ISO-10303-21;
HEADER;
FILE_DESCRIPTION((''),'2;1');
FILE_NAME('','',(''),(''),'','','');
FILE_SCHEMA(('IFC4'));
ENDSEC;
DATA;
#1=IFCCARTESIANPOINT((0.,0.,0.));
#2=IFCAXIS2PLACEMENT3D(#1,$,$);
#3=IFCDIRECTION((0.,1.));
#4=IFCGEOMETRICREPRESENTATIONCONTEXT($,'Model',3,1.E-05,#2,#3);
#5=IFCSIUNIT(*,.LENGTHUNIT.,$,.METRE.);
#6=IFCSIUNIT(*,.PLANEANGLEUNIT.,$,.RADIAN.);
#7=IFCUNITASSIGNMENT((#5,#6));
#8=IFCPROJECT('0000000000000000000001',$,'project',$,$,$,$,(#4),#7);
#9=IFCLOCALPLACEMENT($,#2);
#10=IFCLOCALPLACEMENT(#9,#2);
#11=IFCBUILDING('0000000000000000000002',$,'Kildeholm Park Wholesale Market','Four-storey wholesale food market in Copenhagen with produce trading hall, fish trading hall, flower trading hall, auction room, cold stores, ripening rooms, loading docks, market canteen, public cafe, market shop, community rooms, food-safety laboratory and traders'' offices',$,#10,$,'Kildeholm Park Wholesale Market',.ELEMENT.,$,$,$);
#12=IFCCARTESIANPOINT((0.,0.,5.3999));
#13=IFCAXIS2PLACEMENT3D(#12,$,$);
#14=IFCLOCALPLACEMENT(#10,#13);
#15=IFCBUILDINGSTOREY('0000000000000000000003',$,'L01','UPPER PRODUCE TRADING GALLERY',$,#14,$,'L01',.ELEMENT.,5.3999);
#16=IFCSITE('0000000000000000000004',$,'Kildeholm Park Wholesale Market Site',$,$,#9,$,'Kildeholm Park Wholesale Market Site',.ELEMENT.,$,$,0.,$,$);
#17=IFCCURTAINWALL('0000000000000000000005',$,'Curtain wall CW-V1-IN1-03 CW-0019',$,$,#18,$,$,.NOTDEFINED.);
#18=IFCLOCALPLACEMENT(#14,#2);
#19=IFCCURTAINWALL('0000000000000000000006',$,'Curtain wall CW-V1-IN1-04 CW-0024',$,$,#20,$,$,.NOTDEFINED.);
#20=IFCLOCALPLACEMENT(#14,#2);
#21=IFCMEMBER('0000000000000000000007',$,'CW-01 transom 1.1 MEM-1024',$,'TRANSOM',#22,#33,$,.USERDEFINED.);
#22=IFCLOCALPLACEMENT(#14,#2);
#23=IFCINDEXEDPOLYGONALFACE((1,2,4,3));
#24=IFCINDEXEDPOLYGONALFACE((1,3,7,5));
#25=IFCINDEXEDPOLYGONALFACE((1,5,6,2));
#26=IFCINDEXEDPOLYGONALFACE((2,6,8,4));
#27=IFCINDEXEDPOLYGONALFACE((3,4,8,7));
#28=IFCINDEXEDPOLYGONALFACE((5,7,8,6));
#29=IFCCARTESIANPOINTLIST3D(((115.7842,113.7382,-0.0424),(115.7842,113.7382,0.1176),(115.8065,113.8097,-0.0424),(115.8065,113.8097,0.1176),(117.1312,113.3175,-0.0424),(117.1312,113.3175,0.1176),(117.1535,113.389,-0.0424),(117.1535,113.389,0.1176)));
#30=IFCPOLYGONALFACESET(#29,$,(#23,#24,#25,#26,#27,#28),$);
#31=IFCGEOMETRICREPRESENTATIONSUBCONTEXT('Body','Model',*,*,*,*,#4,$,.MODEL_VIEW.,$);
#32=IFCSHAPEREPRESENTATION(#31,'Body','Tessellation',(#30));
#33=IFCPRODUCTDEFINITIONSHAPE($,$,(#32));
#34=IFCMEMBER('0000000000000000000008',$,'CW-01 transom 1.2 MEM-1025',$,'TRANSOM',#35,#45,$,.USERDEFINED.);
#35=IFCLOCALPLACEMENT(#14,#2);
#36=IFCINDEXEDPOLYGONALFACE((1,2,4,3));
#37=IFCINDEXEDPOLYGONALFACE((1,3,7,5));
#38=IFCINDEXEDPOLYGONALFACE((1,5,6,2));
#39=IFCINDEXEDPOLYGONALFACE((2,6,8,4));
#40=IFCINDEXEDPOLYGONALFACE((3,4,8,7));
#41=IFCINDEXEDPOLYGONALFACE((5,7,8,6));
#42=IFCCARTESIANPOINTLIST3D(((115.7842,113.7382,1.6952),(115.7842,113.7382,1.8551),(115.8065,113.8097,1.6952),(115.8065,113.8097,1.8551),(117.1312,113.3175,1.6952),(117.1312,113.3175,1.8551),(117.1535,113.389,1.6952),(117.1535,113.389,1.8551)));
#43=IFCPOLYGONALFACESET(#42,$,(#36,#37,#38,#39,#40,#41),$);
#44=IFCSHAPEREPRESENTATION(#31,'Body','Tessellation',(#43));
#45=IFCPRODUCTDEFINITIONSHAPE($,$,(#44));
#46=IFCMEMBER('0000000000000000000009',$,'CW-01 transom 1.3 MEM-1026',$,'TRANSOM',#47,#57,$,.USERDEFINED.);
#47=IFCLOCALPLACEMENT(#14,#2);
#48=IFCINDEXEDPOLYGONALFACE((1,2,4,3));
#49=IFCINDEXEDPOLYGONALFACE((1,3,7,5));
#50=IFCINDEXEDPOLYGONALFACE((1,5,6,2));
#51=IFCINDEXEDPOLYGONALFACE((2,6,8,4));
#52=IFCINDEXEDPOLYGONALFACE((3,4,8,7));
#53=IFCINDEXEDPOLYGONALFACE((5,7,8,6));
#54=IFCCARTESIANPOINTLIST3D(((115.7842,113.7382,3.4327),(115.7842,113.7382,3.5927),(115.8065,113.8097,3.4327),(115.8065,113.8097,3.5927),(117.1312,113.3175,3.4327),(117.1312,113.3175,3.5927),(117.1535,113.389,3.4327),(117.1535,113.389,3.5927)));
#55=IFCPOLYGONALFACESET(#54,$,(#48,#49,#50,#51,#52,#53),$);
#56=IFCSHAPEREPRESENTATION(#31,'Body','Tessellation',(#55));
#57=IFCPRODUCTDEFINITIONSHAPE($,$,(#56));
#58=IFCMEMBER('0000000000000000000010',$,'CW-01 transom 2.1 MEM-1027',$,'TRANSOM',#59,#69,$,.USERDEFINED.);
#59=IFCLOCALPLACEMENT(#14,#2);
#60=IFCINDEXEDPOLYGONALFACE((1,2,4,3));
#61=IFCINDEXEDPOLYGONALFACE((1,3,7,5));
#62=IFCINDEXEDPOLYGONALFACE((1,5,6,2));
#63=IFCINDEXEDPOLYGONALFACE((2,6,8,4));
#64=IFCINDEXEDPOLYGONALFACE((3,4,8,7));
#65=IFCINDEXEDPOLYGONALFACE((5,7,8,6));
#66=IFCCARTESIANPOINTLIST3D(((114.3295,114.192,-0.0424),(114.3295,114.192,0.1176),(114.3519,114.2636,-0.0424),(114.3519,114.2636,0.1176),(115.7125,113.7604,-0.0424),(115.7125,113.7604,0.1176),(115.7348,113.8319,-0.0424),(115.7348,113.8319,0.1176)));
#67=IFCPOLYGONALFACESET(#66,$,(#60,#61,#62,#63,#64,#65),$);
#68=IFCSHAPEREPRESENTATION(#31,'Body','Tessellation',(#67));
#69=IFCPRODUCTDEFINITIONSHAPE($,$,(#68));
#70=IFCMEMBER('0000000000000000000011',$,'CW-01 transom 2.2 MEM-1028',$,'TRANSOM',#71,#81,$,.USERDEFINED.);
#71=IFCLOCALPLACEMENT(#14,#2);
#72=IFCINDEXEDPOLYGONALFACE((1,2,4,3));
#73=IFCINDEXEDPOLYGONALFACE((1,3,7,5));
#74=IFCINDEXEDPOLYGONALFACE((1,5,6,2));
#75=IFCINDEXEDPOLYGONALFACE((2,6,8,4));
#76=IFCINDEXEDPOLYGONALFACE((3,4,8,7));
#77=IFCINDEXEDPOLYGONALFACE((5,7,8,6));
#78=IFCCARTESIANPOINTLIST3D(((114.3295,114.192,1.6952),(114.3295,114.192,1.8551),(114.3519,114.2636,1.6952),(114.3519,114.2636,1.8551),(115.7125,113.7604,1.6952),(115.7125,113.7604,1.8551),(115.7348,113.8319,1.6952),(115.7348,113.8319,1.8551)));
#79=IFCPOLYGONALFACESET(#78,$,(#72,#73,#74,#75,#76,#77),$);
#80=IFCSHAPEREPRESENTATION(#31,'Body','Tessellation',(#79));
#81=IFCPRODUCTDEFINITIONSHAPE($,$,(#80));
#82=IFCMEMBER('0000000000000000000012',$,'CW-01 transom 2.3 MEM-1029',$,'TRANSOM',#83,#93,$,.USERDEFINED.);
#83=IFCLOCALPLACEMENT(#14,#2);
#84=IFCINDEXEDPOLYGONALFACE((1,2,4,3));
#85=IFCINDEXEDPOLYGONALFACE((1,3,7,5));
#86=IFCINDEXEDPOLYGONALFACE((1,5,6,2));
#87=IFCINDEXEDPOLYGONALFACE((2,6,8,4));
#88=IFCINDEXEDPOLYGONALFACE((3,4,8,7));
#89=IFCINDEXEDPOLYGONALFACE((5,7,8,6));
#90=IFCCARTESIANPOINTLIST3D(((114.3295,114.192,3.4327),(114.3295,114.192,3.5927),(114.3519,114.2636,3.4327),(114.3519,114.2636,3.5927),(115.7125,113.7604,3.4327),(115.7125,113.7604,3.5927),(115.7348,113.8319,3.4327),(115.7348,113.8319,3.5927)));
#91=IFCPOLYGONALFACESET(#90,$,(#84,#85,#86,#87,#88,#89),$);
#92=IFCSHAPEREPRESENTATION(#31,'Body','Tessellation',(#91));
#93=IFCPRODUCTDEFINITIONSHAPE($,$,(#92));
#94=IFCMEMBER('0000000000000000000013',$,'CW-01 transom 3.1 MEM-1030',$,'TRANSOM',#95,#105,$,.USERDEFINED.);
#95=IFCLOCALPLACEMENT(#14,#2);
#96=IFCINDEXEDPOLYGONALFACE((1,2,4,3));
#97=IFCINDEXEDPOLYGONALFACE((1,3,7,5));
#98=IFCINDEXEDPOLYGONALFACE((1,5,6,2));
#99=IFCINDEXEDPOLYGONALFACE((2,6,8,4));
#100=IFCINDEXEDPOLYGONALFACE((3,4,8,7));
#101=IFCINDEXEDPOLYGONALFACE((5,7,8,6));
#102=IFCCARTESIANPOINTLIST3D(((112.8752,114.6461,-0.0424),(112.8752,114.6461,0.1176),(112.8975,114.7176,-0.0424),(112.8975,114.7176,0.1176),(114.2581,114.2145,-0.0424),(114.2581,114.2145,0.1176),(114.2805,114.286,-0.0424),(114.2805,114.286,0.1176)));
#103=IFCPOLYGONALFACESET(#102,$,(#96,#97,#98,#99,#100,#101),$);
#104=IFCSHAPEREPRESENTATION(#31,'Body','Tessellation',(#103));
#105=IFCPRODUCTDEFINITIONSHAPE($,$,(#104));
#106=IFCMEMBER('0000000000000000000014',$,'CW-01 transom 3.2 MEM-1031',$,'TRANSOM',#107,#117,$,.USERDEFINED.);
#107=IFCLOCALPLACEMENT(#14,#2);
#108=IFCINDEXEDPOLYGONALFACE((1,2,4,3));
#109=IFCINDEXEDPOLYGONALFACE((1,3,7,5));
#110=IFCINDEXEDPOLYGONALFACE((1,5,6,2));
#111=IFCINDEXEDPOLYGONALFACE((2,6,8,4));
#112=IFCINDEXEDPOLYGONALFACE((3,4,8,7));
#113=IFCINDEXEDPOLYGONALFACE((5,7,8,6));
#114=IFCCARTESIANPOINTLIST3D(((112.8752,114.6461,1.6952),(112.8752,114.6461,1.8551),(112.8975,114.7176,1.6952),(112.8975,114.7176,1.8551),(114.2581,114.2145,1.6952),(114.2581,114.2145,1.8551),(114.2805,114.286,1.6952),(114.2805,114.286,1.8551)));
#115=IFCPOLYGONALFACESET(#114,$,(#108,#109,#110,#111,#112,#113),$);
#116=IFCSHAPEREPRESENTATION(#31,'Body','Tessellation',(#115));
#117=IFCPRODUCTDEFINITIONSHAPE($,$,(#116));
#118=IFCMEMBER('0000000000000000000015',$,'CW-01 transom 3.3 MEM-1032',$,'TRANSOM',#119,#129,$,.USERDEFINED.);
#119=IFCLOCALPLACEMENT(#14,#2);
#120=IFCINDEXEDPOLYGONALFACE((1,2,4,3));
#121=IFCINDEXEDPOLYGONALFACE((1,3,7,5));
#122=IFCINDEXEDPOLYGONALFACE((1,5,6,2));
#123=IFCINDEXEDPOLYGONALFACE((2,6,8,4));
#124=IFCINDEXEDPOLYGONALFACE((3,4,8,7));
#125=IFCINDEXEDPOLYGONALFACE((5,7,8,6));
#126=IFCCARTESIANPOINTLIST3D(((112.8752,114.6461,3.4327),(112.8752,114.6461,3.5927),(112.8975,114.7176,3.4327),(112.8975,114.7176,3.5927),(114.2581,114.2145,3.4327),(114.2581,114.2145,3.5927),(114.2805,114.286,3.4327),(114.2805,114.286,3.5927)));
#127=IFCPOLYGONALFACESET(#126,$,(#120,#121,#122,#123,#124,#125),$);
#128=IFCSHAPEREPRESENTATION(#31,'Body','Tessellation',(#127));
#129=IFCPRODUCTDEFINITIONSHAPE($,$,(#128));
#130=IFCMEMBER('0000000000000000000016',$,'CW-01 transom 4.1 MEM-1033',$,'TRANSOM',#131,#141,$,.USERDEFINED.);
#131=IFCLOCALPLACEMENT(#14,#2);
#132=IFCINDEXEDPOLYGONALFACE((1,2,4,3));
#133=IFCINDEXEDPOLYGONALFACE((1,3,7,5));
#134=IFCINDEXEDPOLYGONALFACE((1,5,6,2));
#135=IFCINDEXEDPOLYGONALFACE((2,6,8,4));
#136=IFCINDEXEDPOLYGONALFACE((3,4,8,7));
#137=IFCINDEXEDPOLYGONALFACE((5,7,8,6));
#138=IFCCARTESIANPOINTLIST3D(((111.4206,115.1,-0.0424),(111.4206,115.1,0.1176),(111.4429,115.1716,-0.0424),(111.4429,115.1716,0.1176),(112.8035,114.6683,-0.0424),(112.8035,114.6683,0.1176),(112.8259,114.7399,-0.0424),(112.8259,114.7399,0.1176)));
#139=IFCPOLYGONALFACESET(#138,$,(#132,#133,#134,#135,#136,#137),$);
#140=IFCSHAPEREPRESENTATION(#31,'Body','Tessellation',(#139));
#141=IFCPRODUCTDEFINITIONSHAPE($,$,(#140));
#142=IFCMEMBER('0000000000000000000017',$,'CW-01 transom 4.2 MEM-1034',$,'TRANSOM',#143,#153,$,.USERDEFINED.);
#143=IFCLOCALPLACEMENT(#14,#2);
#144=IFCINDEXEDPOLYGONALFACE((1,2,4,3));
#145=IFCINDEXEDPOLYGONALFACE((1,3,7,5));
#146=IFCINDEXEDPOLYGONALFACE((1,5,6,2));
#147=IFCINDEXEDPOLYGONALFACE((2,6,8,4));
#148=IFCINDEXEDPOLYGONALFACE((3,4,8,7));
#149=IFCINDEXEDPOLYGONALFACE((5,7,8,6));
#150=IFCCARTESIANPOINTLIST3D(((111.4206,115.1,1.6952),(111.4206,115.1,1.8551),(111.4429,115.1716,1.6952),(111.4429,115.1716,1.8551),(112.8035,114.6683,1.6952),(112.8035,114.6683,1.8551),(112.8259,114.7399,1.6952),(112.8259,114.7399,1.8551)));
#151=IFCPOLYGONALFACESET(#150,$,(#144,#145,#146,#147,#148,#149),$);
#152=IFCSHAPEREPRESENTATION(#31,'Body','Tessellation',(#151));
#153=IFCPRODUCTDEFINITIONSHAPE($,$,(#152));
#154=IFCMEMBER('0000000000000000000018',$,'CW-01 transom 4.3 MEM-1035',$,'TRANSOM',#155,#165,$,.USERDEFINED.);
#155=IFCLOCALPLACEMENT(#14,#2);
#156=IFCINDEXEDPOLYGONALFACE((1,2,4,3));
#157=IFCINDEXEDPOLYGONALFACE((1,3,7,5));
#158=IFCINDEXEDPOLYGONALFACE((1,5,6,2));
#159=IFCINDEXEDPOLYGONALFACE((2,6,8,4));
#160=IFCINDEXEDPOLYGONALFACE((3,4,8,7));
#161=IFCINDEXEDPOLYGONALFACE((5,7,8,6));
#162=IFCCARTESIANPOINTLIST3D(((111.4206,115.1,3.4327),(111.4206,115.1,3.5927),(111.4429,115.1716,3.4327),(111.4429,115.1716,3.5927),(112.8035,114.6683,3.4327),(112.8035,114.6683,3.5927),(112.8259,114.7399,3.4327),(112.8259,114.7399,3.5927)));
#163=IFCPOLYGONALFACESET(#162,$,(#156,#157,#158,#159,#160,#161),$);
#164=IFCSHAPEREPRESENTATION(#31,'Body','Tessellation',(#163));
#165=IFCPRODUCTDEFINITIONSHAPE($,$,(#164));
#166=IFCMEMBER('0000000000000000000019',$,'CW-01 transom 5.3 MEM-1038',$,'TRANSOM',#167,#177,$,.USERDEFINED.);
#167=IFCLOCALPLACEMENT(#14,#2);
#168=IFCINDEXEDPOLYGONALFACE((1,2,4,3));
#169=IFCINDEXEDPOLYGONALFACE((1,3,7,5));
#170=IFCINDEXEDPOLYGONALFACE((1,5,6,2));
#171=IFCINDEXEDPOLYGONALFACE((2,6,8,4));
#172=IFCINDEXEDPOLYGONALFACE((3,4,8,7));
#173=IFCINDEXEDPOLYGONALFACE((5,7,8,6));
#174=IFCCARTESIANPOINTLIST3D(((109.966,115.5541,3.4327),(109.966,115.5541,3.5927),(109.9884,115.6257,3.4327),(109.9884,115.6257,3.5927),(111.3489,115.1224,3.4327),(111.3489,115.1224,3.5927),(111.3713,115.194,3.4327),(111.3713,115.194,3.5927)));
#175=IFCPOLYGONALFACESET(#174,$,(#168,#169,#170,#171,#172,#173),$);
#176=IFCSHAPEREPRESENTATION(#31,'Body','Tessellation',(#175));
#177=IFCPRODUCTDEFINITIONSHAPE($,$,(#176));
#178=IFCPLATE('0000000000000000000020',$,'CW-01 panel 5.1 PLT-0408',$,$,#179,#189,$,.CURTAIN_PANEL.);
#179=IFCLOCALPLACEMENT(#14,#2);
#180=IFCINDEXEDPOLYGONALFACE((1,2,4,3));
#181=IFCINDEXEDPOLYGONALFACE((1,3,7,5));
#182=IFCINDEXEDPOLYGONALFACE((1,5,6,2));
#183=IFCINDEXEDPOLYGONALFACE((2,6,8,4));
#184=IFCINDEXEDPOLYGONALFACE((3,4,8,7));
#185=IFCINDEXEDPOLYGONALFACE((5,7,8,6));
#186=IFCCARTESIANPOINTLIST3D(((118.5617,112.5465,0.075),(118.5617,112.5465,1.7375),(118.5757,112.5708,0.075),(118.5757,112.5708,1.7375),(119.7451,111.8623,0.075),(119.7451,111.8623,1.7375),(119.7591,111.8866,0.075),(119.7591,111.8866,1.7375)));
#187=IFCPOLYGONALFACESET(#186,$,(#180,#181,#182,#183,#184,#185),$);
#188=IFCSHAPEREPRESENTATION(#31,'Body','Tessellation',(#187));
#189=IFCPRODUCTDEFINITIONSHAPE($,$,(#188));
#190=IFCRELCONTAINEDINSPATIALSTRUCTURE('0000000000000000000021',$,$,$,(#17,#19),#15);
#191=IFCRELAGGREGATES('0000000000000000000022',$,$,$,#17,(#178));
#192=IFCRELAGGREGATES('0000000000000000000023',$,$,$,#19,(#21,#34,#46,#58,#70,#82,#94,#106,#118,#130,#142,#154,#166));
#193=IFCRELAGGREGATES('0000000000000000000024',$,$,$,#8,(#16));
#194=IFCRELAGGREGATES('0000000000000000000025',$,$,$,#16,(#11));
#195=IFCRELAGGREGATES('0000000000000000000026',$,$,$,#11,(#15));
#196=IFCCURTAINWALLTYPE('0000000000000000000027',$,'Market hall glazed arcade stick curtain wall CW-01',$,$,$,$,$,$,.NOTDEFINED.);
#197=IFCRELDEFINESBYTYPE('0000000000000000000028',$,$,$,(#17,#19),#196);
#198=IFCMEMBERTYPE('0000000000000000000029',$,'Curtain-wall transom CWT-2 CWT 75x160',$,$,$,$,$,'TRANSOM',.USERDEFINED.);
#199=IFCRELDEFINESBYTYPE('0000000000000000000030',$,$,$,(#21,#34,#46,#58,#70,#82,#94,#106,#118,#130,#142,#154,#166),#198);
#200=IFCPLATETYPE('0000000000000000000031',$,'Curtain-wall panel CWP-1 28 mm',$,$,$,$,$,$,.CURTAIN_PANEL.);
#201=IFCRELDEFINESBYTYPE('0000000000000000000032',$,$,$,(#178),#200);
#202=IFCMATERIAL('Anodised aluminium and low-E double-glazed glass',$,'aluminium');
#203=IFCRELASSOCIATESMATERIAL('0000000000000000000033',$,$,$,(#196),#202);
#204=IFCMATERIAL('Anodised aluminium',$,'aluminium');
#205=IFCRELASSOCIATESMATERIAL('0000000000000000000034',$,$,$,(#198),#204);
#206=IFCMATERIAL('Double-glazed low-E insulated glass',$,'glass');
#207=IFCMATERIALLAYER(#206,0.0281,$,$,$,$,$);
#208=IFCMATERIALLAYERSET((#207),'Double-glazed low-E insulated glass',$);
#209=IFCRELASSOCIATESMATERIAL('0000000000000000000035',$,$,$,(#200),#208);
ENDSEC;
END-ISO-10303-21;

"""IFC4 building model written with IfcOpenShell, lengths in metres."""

from ifc_helpers import new_model, si_unit, direction, frame, origin, origin_2d, place, context, subcontext, project, spatial, rectangle, extrude, material, layer, layer_set, material_profile, profile_set, type_object, element, aggregate, save


model = new_model("IFC4")

# Units and contexts
model_context = context("Model", 3, precision=1e-05, world=origin(), true_north=direction((0.0, 1.0)))
body_context = subcontext(model_context, "Body", "Model", "MODEL_VIEW")
ifc_project = project(units=[si_unit("LENGTHUNIT", "METRE"), si_unit("PLANEANGLEUNIT", "RADIAN")], contexts=[model_context])

# Site, building, storey
site_placement = place(None, origin())
site = spatial("IfcSite", under=ifc_project, at=site_placement, Name="Kildeholm Park Wholesale Market Site", LongName="Kildeholm Park Wholesale Market Site", CompositionType="ELEMENT", RefElevation=0.0)
building_placement = place(site_placement, origin())
building = spatial("IfcBuilding", under=site, at=building_placement, Name="Kildeholm Park Wholesale Market", Description="Four-storey wholesale food market in Copenhagen with produce trading hall, fish trading hall, flower trading hall, auction room, cold stores, ripening rooms, loading docks, market canteen, public cafe, market shop, community rooms, food-safety laboratory and traders' offices", LongName="Kildeholm Park Wholesale Market", CompositionType="ELEMENT")
storey_placement = place(building_placement, frame((0.0, 0.0, 5.3999)))
storey = spatial("IfcBuildingStorey", under=building, at=storey_placement, Name="L01", Description="UPPER PRODUCE TRADING GALLERY", LongName="L01", CompositionType="ELEMENT", Elevation=5.3999)

# Curtain walls
ifc_material_1 = material(Name="Anodised aluminium and low-E double-glazed glass", Category="aluminium")
curtain_wall_type = type_object("IfcCurtainWallType", Name="Market hall glazed arcade stick curtain wall CW-01", PredefinedType="NOTDEFINED", material=ifc_material_1)
curtain_wall_1_placement = place(storey_placement, origin())
curtain_wall_1 = element("IfcCurtainWall", 1, at=curtain_wall_1_placement, inside=storey, type_object=curtain_wall_type, Name="Curtain wall CW-V1-IN1-03 CW-0019", PredefinedType="NOTDEFINED")
ifc_material_2 = material(Name="Anodised aluminium", Category="aluminium")
curtain_wall_2_placement = place(storey_placement, origin())
curtain_wall_2 = element("IfcCurtainWall", 2, at=curtain_wall_2_placement, inside=storey, type_object=curtain_wall_type, Name="Curtain wall CW-V1-IN1-04 CW-0024", PredefinedType="NOTDEFINED")

# Members
ifc_material_profile_1 = material_profile(ifc_material_2, rectangle(XDim=0.075, YDim=0.1599, at=origin_2d()), Name="CWT 75x160")
ifc_profile_set_1 = profile_set([ifc_material_profile_1], Name="Anodised aluminium")
member_type_1 = type_object("IfcMemberType", Name="Curtain-wall transom CWT-2 CWT 75x160", ElementType="TRANSOM", PredefinedType="USERDEFINED", material=ifc_profile_set_1)
member_1_placement = place(storey_placement, frame((117.1423, 113.3533, 0.0376), z_axis=(-0.954532, 0.298108, 0.0), x_axis=(-0.298108, -0.954532, 0.0)))
member_1 = element("IfcMember", 3, at=member_1_placement, type_object=member_type_1, Name="CW-01 transom 1.1 MEM-1024", ObjectType="TRANSOM", PredefinedType="USERDEFINED", context=body_context, shape_type="SweptSolid", body=[
    extrude(rectangle(XDim=0.075, YDim=0.1599, at=origin_2d()), origin(), (0.0, 0.0, 1.0), 1.4111),
])
member_2_placement = place(storey_placement, frame((117.1423, 113.3533, 1.7751), z_axis=(-0.954532, 0.298108, 0.0), x_axis=(-0.298108, -0.954532, 0.0)))
member_2 = element("IfcMember", 4, at=member_2_placement, type_object=member_type_1, Name="CW-01 transom 1.2 MEM-1025", ObjectType="TRANSOM", PredefinedType="USERDEFINED", context=body_context, shape_type="SweptSolid", body=[
    extrude(rectangle(XDim=0.075, YDim=0.1599, at=origin_2d()), origin(), (0.0, 0.0, 1.0), 1.4111),
])
member_3_placement = place(storey_placement, frame((117.1423, 113.3533, 3.5127), z_axis=(-0.954532, 0.298108, 0.0), x_axis=(-0.298108, -0.954532, 0.0)))
member_3 = element("IfcMember", 5, at=member_3_placement, type_object=member_type_1, Name="CW-01 transom 1.3 MEM-1026", ObjectType="TRANSOM", PredefinedType="USERDEFINED", context=body_context, shape_type="SweptSolid", body=[
    extrude(rectangle(XDim=0.075, YDim=0.1599, at=origin_2d()), origin(), (0.0, 0.0, 1.0), 1.4111),
])
member_4_placement = place(storey_placement, frame((115.7236, 113.7961, 0.0376), z_axis=(-0.954576, 0.297968, 0.0), x_axis=(-0.297968, -0.954576, 0.0)))
member_4 = element("IfcMember", 6, at=member_4_placement, type_object=member_type_1, Name="CW-01 transom 2.1 MEM-1027", ObjectType="TRANSOM", PredefinedType="USERDEFINED", context=body_context, shape_type="SweptSolid", body=[
    extrude(rectangle(XDim=0.075, YDim=0.1599, at=origin_2d()), origin(), (0.0, 0.0, 1.0), 1.4487),
])
member_5_placement = place(storey_placement, frame((115.7236, 113.7961, 1.7751), z_axis=(-0.954576, 0.297968, 0.0), x_axis=(-0.297968, -0.954576, 0.0)))
member_5 = element("IfcMember", 7, at=member_5_placement, type_object=member_type_1, Name="CW-01 transom 2.2 MEM-1028", ObjectType="TRANSOM", PredefinedType="USERDEFINED", context=body_context, shape_type="SweptSolid", body=[
    extrude(rectangle(XDim=0.075, YDim=0.1599, at=origin_2d()), origin(), (0.0, 0.0, 1.0), 1.4487),
])
member_6_placement = place(storey_placement, frame((115.7236, 113.7961, 3.5127), z_axis=(-0.954576, 0.297968, 0.0), x_axis=(-0.297968, -0.954576, 0.0)))
member_6 = element("IfcMember", 8, at=member_6_placement, type_object=member_type_1, Name="CW-01 transom 2.3 MEM-1029", ObjectType="TRANSOM", PredefinedType="USERDEFINED", context=body_context, shape_type="SweptSolid", body=[
    extrude(rectangle(XDim=0.075, YDim=0.1599, at=origin_2d()), origin(), (0.0, 0.0, 1.0), 1.4487),
])
member_7_placement = place(storey_placement, frame((114.2693, 114.2502, 0.0376), z_axis=(-0.954591, 0.29792, 0.0), x_axis=(-0.29792, -0.954591, 0.0)))
member_7 = element("IfcMember", 9, at=member_7_placement, type_object=member_type_1, Name="CW-01 transom 3.1 MEM-1030", ObjectType="TRANSOM", PredefinedType="USERDEFINED", context=body_context, shape_type="SweptSolid", body=[
    extrude(rectangle(XDim=0.075, YDim=0.1599, at=origin_2d()), origin(), (0.0, 0.0, 1.0), 1.4487),
])
member_8_placement = place(storey_placement, frame((114.2693, 114.2502, 1.7751), z_axis=(-0.954591, 0.29792, 0.0), x_axis=(-0.29792, -0.954591, 0.0)))
member_8 = element("IfcMember", 10, at=member_8_placement, type_object=member_type_1, Name="CW-01 transom 3.2 MEM-1031", ObjectType="TRANSOM", PredefinedType="USERDEFINED", context=body_context, shape_type="SweptSolid", body=[
    extrude(rectangle(XDim=0.075, YDim=0.1599, at=origin_2d()), origin(), (0.0, 0.0, 1.0), 1.4487),
])
member_9_placement = place(storey_placement, frame((114.2693, 114.2502, 3.5127), z_axis=(-0.954591, 0.29792, 0.0), x_axis=(-0.29792, -0.954591, 0.0)))
member_9 = element("IfcMember", 11, at=member_9_placement, type_object=member_type_1, Name="CW-01 transom 3.3 MEM-1032", ObjectType="TRANSOM", PredefinedType="USERDEFINED", context=body_context, shape_type="SweptSolid", body=[
    extrude(rectangle(XDim=0.075, YDim=0.1599, at=origin_2d()), origin(), (0.0, 0.0, 1.0), 1.4487),
])
member_10_placement = place(storey_placement, frame((112.8147, 114.7041, 0.0376), z_axis=(-0.954576, 0.297968, 0.0), x_axis=(-0.297968, -0.954576, 0.0)))
member_10 = element("IfcMember", 12, at=member_10_placement, type_object=member_type_1, Name="CW-01 transom 4.1 MEM-1033", ObjectType="TRANSOM", PredefinedType="USERDEFINED", context=body_context, shape_type="SweptSolid", body=[
    extrude(rectangle(XDim=0.075, YDim=0.1599, at=origin_2d()), origin(), (0.0, 0.0, 1.0), 1.4487),
])
member_11_placement = place(storey_placement, frame((112.8147, 114.7041, 1.7751), z_axis=(-0.954576, 0.297968, 0.0), x_axis=(-0.297968, -0.954576, 0.0)))
member_11 = element("IfcMember", 13, at=member_11_placement, type_object=member_type_1, Name="CW-01 transom 4.2 MEM-1034", ObjectType="TRANSOM", PredefinedType="USERDEFINED", context=body_context, shape_type="SweptSolid", body=[
    extrude(rectangle(XDim=0.075, YDim=0.1599, at=origin_2d()), origin(), (0.0, 0.0, 1.0), 1.4487),
])
member_12_placement = place(storey_placement, frame((112.8147, 114.7041, 3.5127), z_axis=(-0.954576, 0.297968, 0.0), x_axis=(-0.297968, -0.954576, 0.0)))
member_12 = element("IfcMember", 14, at=member_12_placement, type_object=member_type_1, Name="CW-01 transom 4.3 MEM-1035", ObjectType="TRANSOM", PredefinedType="USERDEFINED", context=body_context, shape_type="SweptSolid", body=[
    extrude(rectangle(XDim=0.075, YDim=0.1599, at=origin_2d()), origin(), (0.0, 0.0, 1.0), 1.4487),
])
member_13_placement = place(storey_placement, frame((111.3601, 115.1582, 3.5127), z_axis=(-0.954576, 0.297968, 0.0), x_axis=(-0.297968, -0.954576, 0.0)))
member_13 = element("IfcMember", 15, at=member_13_placement, type_object=member_type_1, Name="CW-01 transom 5.3 MEM-1038", ObjectType="TRANSOM", PredefinedType="USERDEFINED", context=body_context, shape_type="SweptSolid", body=[
    extrude(rectangle(XDim=0.075, YDim=0.1599, at=origin_2d()), origin(), (0.0, 0.0, 1.0), 1.4487),
])

# Plate
ifc_material_3 = material(Name="Double-glazed low-E insulated glass", Category="glass")
ifc_layer = layer(ifc_material_3, 0.0281)
ifc_layer_set = layer_set([ifc_layer], Name="Double-glazed low-E insulated glass")
plate_type = type_object("IfcPlateType", Name="Curtain-wall panel CWP-1 28 mm", PredefinedType="CURTAIN_PANEL", material=ifc_layer_set)
plate_1_placement = place(storey_placement, frame((119.1604, 112.2166, 0.075), z_axis=(0.0, 0.0, 1.0), x_axis=(-0.865743, 0.500489, 0.0)))
plate_1 = element("IfcPlate", 16, at=plate_1_placement, type_object=plate_type, Name="CW-01 panel 5.1 PLT-0408", PredefinedType="CURTAIN_PANEL", context=body_context, shape_type="SweptSolid", body=[
    extrude(rectangle(XDim=1.3669, YDim=0.0281, at=origin_2d()), origin(), (0.0, 0.0, 1.0), 1.6626),
])
aggregate(curtain_wall_1, [plate_1])
aggregate(curtain_wall_2, [member_1, member_2, member_3, member_4, member_5, member_6, member_7, member_8, member_9, member_10, member_11, member_12, member_13])

save(model, "model.ifc")
